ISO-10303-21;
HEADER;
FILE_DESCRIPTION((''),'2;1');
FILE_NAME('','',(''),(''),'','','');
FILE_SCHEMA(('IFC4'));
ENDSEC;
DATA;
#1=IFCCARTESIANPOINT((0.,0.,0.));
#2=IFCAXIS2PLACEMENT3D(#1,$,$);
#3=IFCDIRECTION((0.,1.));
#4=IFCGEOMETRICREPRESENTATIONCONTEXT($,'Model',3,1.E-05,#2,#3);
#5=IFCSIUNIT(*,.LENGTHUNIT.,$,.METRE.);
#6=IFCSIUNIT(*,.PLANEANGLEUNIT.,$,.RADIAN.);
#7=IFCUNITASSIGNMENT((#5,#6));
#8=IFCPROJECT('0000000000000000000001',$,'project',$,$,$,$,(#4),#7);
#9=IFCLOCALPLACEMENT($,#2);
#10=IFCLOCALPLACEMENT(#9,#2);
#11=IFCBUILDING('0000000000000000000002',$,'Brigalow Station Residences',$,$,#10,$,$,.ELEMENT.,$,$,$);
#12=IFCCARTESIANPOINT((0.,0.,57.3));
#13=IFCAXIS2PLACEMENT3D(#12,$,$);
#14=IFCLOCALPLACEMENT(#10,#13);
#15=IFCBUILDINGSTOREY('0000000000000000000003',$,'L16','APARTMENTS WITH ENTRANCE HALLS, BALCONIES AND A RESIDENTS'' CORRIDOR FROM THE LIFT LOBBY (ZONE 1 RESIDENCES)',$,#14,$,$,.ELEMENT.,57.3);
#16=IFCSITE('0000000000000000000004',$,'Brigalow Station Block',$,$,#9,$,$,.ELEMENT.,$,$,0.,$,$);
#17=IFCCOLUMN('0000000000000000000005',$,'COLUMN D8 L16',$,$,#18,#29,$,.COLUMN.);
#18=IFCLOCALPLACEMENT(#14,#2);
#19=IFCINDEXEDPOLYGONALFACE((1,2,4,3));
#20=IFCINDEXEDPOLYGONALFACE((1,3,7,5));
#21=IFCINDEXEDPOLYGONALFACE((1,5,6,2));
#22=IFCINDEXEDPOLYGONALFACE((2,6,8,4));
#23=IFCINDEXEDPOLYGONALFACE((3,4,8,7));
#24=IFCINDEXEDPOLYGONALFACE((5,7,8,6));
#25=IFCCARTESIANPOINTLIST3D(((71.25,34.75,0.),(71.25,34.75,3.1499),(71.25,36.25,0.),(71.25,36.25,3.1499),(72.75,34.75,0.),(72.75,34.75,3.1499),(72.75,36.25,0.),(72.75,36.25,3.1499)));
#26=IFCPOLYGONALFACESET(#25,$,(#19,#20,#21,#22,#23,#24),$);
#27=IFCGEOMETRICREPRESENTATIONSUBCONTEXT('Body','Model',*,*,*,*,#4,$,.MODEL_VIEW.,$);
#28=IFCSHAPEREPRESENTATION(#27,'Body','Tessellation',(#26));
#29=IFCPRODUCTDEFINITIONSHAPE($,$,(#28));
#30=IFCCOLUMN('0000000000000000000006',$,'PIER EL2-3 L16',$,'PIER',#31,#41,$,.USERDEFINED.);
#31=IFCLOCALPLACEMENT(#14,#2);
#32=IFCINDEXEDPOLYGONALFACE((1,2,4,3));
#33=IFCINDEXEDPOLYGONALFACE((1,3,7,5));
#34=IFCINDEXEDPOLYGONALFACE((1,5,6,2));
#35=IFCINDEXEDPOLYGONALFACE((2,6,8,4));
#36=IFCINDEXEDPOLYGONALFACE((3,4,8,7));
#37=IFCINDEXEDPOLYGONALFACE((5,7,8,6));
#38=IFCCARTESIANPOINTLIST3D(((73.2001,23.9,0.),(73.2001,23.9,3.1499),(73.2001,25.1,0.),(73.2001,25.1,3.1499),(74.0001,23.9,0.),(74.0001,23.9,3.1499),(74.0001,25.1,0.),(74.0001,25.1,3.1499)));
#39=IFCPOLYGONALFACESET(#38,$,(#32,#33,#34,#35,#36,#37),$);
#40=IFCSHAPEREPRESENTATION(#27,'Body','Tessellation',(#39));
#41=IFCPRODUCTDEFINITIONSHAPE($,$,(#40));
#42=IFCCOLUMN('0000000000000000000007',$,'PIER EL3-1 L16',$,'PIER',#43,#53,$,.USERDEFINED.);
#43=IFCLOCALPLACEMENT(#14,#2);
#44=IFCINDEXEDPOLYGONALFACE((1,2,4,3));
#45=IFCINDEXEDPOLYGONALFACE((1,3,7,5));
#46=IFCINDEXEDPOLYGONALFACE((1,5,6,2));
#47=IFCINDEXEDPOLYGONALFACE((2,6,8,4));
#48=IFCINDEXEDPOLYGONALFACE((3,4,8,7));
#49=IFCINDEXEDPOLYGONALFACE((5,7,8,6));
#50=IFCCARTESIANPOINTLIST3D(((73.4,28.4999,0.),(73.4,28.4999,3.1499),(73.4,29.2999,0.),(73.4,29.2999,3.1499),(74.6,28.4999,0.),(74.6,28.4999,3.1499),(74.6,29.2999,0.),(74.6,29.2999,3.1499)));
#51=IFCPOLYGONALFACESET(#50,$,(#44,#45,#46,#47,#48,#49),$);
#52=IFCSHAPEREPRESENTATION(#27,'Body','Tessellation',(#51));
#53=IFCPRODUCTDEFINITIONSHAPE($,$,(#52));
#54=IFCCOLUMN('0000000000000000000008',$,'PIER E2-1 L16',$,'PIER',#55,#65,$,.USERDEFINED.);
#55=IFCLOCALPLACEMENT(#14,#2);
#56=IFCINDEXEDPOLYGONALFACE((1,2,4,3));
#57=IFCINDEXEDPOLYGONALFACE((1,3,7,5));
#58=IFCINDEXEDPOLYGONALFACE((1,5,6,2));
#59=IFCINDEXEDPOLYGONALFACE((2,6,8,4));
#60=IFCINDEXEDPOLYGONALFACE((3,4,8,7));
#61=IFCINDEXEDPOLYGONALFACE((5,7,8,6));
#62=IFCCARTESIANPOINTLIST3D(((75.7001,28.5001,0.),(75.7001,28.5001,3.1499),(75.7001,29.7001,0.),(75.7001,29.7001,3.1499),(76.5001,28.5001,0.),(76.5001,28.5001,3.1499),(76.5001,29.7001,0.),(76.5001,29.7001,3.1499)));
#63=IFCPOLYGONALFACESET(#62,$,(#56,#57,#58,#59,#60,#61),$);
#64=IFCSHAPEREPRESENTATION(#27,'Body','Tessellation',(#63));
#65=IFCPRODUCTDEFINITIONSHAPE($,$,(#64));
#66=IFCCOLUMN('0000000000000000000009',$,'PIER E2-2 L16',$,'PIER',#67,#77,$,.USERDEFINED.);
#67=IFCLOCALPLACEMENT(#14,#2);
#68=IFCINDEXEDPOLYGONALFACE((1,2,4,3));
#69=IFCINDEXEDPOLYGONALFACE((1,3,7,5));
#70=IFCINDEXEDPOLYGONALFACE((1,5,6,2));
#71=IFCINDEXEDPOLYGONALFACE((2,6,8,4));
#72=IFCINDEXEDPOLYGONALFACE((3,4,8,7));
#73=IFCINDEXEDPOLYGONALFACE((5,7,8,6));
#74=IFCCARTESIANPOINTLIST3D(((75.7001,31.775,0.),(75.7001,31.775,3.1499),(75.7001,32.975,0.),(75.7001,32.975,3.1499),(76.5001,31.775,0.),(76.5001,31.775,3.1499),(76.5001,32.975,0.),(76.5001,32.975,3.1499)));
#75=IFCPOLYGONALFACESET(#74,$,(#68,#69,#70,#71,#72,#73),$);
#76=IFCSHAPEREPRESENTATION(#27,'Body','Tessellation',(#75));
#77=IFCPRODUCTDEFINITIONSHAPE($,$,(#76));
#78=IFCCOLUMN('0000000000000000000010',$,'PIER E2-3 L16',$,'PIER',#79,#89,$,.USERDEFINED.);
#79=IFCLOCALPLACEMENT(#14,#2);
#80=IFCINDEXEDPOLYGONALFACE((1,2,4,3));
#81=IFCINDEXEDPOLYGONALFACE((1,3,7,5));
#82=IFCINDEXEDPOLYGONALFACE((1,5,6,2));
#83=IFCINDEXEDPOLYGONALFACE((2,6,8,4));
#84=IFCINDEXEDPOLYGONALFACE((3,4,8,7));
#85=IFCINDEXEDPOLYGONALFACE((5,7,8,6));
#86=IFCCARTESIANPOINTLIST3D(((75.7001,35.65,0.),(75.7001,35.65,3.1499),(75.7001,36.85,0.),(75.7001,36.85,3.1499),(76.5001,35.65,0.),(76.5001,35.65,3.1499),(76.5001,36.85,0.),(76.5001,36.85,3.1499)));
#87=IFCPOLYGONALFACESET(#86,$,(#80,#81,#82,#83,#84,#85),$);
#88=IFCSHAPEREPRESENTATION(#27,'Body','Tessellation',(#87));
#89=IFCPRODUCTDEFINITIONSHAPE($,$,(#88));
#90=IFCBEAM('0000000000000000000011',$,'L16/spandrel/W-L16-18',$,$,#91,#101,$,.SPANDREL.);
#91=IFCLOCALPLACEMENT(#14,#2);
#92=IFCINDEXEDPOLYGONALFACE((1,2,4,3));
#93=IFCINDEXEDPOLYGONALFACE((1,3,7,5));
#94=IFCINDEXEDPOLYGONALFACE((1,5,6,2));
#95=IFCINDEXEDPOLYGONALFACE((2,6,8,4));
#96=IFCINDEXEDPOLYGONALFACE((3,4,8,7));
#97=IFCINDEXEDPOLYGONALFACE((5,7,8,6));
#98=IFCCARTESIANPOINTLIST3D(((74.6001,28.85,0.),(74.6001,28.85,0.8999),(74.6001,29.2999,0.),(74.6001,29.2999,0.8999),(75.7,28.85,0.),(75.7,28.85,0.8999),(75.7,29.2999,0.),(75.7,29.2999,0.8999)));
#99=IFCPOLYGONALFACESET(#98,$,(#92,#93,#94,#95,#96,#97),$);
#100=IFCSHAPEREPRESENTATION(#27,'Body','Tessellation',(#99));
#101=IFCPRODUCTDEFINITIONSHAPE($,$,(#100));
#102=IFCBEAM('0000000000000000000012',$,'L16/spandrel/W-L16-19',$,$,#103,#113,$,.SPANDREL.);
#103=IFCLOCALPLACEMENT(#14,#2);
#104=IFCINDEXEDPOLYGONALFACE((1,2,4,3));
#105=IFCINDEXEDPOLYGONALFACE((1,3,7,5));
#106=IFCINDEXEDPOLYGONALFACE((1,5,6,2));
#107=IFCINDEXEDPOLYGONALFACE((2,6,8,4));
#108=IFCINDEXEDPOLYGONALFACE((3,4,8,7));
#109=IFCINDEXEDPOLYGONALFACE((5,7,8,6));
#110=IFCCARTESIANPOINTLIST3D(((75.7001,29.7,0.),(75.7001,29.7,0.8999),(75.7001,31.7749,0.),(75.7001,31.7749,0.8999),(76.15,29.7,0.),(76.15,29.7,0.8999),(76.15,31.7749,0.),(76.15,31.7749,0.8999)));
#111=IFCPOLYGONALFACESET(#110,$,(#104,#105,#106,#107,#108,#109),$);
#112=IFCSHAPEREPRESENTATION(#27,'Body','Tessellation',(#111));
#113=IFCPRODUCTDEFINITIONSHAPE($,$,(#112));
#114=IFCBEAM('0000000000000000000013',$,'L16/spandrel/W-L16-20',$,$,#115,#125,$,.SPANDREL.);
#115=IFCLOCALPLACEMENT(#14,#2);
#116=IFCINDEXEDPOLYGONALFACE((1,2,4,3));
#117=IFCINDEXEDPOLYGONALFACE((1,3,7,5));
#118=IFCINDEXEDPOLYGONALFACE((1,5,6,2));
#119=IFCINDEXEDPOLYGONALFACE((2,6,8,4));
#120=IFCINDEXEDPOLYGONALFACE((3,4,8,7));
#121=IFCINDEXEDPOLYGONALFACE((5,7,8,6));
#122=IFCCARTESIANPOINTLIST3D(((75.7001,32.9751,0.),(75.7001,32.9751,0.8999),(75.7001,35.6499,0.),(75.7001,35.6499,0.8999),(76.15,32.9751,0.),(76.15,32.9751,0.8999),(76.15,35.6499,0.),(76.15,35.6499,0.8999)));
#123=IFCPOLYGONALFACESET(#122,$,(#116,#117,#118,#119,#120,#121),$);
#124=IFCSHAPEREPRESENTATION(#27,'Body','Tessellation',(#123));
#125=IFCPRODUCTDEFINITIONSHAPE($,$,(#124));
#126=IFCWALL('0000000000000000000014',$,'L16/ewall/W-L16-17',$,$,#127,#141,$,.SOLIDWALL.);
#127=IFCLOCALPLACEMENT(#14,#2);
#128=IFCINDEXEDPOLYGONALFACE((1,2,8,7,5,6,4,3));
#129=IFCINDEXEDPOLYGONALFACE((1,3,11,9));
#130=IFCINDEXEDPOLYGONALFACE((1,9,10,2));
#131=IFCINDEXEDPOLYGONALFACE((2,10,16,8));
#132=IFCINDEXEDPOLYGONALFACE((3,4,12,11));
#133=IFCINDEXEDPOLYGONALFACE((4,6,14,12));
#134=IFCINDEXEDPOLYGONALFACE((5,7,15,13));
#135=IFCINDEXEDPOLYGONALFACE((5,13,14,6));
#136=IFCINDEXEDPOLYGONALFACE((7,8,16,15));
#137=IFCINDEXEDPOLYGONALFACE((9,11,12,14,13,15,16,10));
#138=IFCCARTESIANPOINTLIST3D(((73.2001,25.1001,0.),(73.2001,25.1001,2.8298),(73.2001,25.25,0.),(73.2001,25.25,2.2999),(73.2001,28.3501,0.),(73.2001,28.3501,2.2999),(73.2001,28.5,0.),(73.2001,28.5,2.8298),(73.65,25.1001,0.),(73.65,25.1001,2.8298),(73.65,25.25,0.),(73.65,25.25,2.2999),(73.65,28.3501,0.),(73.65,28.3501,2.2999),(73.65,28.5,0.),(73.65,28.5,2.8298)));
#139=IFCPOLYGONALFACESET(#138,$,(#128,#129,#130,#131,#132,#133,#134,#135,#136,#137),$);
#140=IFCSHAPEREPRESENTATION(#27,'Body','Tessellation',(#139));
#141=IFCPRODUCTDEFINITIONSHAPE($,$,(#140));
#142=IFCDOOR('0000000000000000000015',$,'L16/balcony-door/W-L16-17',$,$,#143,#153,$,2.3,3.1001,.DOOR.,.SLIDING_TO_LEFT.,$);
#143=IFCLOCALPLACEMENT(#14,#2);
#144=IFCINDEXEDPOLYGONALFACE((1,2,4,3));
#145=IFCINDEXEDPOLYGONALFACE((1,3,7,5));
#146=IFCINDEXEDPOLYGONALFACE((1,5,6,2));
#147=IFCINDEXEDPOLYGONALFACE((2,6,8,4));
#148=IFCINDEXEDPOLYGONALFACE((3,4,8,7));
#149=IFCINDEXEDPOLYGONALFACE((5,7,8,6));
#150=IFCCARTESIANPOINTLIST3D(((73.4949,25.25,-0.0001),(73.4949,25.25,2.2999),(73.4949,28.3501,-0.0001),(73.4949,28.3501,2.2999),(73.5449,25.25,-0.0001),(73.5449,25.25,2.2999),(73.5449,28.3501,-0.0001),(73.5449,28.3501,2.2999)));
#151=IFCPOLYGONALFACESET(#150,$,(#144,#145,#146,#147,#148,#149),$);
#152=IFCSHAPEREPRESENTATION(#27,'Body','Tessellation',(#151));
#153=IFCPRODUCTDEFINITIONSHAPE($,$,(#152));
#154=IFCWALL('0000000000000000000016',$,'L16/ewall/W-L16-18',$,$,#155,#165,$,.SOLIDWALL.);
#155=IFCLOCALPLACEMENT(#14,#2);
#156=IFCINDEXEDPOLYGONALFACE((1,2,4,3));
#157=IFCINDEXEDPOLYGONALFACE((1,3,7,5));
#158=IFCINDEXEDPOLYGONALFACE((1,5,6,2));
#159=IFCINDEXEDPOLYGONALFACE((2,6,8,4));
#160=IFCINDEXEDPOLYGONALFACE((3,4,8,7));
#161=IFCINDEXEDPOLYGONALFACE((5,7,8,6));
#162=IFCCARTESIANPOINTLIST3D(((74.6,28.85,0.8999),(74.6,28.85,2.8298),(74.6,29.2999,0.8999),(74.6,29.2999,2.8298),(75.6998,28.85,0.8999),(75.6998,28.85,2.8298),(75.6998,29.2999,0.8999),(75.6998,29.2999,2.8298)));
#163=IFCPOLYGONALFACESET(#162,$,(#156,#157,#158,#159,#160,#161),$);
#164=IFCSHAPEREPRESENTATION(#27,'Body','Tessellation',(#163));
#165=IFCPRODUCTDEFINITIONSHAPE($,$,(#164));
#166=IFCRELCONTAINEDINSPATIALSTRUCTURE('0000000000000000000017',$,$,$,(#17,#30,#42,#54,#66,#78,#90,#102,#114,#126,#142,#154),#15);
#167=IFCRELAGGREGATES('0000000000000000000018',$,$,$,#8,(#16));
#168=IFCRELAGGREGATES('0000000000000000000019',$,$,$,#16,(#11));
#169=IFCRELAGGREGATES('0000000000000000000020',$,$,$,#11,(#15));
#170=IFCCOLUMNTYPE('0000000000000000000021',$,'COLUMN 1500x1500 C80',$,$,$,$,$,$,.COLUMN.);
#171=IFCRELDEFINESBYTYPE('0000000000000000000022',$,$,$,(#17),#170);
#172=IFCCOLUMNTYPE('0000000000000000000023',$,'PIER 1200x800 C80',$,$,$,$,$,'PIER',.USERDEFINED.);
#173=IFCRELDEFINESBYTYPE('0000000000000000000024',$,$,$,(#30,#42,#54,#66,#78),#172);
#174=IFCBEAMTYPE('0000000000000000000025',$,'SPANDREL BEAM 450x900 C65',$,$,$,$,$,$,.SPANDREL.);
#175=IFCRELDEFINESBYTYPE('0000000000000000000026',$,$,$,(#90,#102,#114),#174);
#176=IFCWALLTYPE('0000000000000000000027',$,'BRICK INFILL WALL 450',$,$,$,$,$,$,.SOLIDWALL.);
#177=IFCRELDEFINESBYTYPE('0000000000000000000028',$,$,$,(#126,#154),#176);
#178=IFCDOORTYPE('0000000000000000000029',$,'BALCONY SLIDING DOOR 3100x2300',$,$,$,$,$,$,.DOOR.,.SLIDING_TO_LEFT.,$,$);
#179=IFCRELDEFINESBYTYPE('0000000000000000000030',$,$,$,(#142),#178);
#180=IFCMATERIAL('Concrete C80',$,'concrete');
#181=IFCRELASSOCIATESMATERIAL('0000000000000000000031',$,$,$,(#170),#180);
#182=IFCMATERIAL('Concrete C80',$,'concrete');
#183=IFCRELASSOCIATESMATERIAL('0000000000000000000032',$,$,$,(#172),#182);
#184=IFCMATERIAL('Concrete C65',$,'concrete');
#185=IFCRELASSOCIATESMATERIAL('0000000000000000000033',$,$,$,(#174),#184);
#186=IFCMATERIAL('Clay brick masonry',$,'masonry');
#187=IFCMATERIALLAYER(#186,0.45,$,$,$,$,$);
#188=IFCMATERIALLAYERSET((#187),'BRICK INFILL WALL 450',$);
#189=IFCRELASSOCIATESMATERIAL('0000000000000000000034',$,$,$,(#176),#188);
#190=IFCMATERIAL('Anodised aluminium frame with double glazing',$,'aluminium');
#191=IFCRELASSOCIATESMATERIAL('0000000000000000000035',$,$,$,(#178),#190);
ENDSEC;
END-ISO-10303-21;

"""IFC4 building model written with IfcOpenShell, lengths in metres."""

from ifc_helpers import new_model, si_unit, direction, frame, frame_2d, origin, origin_2d, place, context, subcontext, project, spatial, rectangle, extrude, material, layer, layer_set, material_profile, profile_set, type_object, element, fill, save


model = new_model("IFC4")

# Units and contexts
model_context = context("Model", 3, precision=1e-05, world=origin(), true_north=direction((0.0, 1.0)))
body_context = subcontext(model_context, "Body", "Model", "MODEL_VIEW")
ifc_project = project(units=[si_unit("LENGTHUNIT", "METRE"), si_unit("PLANEANGLEUNIT", "RADIAN")], contexts=[model_context])

# Site, building, storey
site_placement = place(None, origin())
site = spatial("IfcSite", under=ifc_project, at=site_placement, Name="Brigalow Station Block", CompositionType="ELEMENT", RefElevation=0.0)
building_placement = place(site_placement, origin())
building = spatial("IfcBuilding", under=site, at=building_placement, Name="Brigalow Station Residences", CompositionType="ELEMENT")
storey_placement = place(building_placement, frame((0.0, 0.0, 57.3)))
storey = spatial("IfcBuildingStorey", under=building, at=storey_placement, Name="L16", Description="APARTMENTS WITH ENTRANCE HALLS, BALCONIES AND A RESIDENTS' CORRIDOR FROM THE LIFT LOBBY (ZONE 1 RESIDENCES)", CompositionType="ELEMENT", Elevation=57.3)

# Columns
ifc_material_1 = material(Name="Concrete C80", Category="concrete")
ifc_material_profile_1 = material_profile(ifc_material_1, rectangle(XDim=1.5, YDim=1.5, at=origin_2d()), Name="RC1500x1500")
ifc_profile_set_1 = profile_set([ifc_material_profile_1], Name="Concrete C80")
column_type_1 = type_object("IfcColumnType", Name="COLUMN 1500x1500 C80", PredefinedType="COLUMN", material=ifc_profile_set_1)
column_placement = place(storey_placement, frame((72.0, 35.5, 0.0), z_axis=(0.0, 0.0, 1.0), x_axis=(1.0, 0.0, 0.0)))
element("IfcColumn", 1, at=column_placement, inside=storey, type_object=column_type_1, Name="COLUMN D8 L16", PredefinedType="COLUMN", context=body_context, shape_type="SweptSolid", body=[
    extrude(rectangle(XDim=1.5, YDim=1.5, at=origin_2d()), origin(), (0.0, 0.0, 1.0), 3.1499),
])
ifc_material_2 = material(Name="Concrete C80", Category="concrete")
ifc_material_profile_2 = material_profile(ifc_material_2, rectangle(XDim=1.2, YDim=0.8, at=origin_2d()), Name="RC1200x800")
ifc_profile_set_2 = profile_set([ifc_material_profile_2], Name="Concrete C80")
column_type_2 = type_object("IfcColumnType", Name="PIER 1200x800 C80", ElementType="PIER", PredefinedType="USERDEFINED", material=ifc_profile_set_2)
for number, where, z_axis, x_axis, name in (
    (2, (73.6001, 24.5, 0.0), (0.0, 0.0, 1.0), (0.0, 1.0, 0.0), "PIER EL2-3 L16"),
    (3, (74.0, 28.8999, 0.0), (0.0, 0.0, 1.0), (1.0, 0.0, 0.0), "PIER EL3-1 L16"),
    (4, (76.1001, 29.1001, 0.0), (0.0, 0.0, 1.0), (0.0, 1.0, 0.0), "PIER E2-1 L16"),
    (5, (76.1001, 32.375, 0.0), (0.0, 0.0, 1.0), (0.0, 1.0, 0.0), "PIER E2-2 L16"),
    (6, (76.1001, 36.25, 0.0), (0.0, 0.0, 1.0), (0.0, 1.0, 0.0), "PIER E2-3 L16"),
):
    element("IfcColumn", number, at=place(storey_placement, frame(where, z_axis=z_axis, x_axis=x_axis)), inside=storey, type_object=column_type_2, Name=name, ObjectType="PIER", PredefinedType="USERDEFINED", context=body_context, shape_type="SweptSolid", body=[
        extrude(rectangle(XDim=1.2, YDim=0.8, at=origin_2d()), origin(), (0.0, 0.0, 1.0), 3.1499),
    ])

# Beams
ifc_material_3 = material(Name="Concrete C65", Category="concrete")
ifc_material_profile_3 = material_profile(ifc_material_3, rectangle(XDim=0.45, YDim=0.8999, at=origin_2d()), Name="RC450x900")
ifc_profile_set_3 = profile_set([ifc_material_profile_3], Name="Concrete C65")
beam_type = type_object("IfcBeamType", Name="SPANDREL BEAM 450x900 C65", PredefinedType="SPANDREL", material=ifc_profile_set_3)
beam_1_placement = place(storey_placement, frame((74.6001, 29.075, 0.45), z_axis=(1.0, 0.0, 0.0), x_axis=(0.0, 1.0, 0.0)))
element("IfcBeam", 7, at=beam_1_placement, inside=storey, type_object=beam_type, Name="L16/spandrel/W-L16-18", PredefinedType="SPANDREL", context=body_context, shape_type="SweptSolid", body=[
    extrude(rectangle(XDim=0.45, YDim=0.8999, at=origin_2d()), origin(), (0.0, 0.0, 1.0), 1.0999),
])
beam_2_placement = place(storey_placement, frame((75.925, 29.7, 0.45), z_axis=(0.0, 1.0, 0.0), x_axis=(-1.0, 0.0, 0.0)))
element("IfcBeam", 8, at=beam_2_placement, inside=storey, type_object=beam_type, Name="L16/spandrel/W-L16-19", PredefinedType="SPANDREL", context=body_context, shape_type="SweptSolid", body=[
    extrude(rectangle(XDim=0.45, YDim=0.8999, at=origin_2d()), origin(), (0.0, 0.0, 1.0), 2.075),
])
beam_3_placement = place(storey_placement, frame((75.925, 32.9751, 0.45), z_axis=(0.0, 1.0, 0.0), x_axis=(-1.0, 0.0, 0.0)))
element("IfcBeam", 9, at=beam_3_placement, inside=storey, type_object=beam_type, Name="L16/spandrel/W-L16-20", PredefinedType="SPANDREL", context=body_context, shape_type="SweptSolid", body=[
    extrude(rectangle(XDim=0.45, YDim=0.8999, at=origin_2d()), origin(), (0.0, 0.0, 1.0), 2.6748),
])

# Wall, opening, door
ifc_material_4 = material(Name="Clay brick masonry", Category="masonry")
ifc_layer_1 = layer(ifc_material_4, 0.45)
ifc_layer_set_1 = layer_set([ifc_layer_1], Name="BRICK INFILL WALL 450")
wall_type_1 = type_object("IfcWallType", Name="BRICK INFILL WALL 450", PredefinedType="SOLIDWALL", material=ifc_layer_set_1)
wall_1_placement = place(storey_placement, frame((73.425, 25.1001, 0.0), z_axis=(0.0, 0.0, 1.0), x_axis=(0.0, 1.0, 0.0)))
wall_1 = element("IfcWall", 10, at=wall_1_placement, inside=storey, type_object=wall_type_1, Name="L16/ewall/W-L16-17", PredefinedType="SOLIDWALL", context=body_context, shape_type="SweptSolid", body=[
    extrude(rectangle(XDim=3.3999, YDim=0.45, at=frame_2d((1.7, 0.0))), origin(), (0.0, 0.0, 1.0), 2.8298),
])
opening_1_placement = place(wall_1_placement, frame((0.1499, 0.0, 0.0)))
opening_1 = element("IfcOpeningElement", 11, at=opening_1_placement, cuts=wall_1, PredefinedType="OPENING", context=body_context, shape_type="SweptSolid", body=[
    extrude(rectangle(XDim=3.1001, YDim=2.3, at=frame_2d((1.55, 1.1499))), frame((0.0, 0.2349, 0.0), z_axis=(0.0, -1.0, 0.0), x_axis=(1.0, 0.0, 0.0)), (0.0, 0.0, 1.0), 0.47),
])
ifc_material_5 = material(Name="Anodised aluminium frame with double glazing", Category="aluminium")
door_type_1 = type_object("IfcDoorType", Name="BALCONY SLIDING DOOR 3100x2300", OperationType="SLIDING_TO_LEFT", PredefinedType="DOOR", material=ifc_material_5)
door_1_placement = place(opening_1_placement, origin())
door_1 = element("IfcDoor", 12, at=door_1_placement, inside=storey, type_object=door_type_1, Name="L16/balcony-door/W-L16-17", OperationType="SLIDING_TO_LEFT", OverallHeight=2.3, OverallWidth=3.1001, PredefinedType="DOOR", context=body_context, shape_type="SweptSolid", body=[
    extrude(rectangle(XDim=3.1001, YDim=2.3, at=frame_2d((1.55, 1.1499))), frame((0.0, -0.0698, 0.0), z_axis=(0.0, -1.0, 0.0), x_axis=(1.0, 0.0, 0.0)), (0.0, 0.0, 1.0), 0.05),
])
fill(opening_1, door_1)

# Wall
wall_2_placement = place(storey_placement, frame((74.6001, 29.075, 0.8999), z_axis=(0.0, 0.0, 1.0), x_axis=(1.0, 0.0, 0.0)))
element("IfcWall", 13, at=wall_2_placement, inside=storey, type_object=wall_type_1, Name="L16/ewall/W-L16-18", PredefinedType="SOLIDWALL", context=body_context, shape_type="SweptSolid", body=[
    extrude(rectangle(XDim=1.0999, YDim=0.45, at=frame_2d((0.5498, 0.0))), origin(), (0.0, 0.0, 1.0), 1.9299),
])

save(model, "model.ifc")
